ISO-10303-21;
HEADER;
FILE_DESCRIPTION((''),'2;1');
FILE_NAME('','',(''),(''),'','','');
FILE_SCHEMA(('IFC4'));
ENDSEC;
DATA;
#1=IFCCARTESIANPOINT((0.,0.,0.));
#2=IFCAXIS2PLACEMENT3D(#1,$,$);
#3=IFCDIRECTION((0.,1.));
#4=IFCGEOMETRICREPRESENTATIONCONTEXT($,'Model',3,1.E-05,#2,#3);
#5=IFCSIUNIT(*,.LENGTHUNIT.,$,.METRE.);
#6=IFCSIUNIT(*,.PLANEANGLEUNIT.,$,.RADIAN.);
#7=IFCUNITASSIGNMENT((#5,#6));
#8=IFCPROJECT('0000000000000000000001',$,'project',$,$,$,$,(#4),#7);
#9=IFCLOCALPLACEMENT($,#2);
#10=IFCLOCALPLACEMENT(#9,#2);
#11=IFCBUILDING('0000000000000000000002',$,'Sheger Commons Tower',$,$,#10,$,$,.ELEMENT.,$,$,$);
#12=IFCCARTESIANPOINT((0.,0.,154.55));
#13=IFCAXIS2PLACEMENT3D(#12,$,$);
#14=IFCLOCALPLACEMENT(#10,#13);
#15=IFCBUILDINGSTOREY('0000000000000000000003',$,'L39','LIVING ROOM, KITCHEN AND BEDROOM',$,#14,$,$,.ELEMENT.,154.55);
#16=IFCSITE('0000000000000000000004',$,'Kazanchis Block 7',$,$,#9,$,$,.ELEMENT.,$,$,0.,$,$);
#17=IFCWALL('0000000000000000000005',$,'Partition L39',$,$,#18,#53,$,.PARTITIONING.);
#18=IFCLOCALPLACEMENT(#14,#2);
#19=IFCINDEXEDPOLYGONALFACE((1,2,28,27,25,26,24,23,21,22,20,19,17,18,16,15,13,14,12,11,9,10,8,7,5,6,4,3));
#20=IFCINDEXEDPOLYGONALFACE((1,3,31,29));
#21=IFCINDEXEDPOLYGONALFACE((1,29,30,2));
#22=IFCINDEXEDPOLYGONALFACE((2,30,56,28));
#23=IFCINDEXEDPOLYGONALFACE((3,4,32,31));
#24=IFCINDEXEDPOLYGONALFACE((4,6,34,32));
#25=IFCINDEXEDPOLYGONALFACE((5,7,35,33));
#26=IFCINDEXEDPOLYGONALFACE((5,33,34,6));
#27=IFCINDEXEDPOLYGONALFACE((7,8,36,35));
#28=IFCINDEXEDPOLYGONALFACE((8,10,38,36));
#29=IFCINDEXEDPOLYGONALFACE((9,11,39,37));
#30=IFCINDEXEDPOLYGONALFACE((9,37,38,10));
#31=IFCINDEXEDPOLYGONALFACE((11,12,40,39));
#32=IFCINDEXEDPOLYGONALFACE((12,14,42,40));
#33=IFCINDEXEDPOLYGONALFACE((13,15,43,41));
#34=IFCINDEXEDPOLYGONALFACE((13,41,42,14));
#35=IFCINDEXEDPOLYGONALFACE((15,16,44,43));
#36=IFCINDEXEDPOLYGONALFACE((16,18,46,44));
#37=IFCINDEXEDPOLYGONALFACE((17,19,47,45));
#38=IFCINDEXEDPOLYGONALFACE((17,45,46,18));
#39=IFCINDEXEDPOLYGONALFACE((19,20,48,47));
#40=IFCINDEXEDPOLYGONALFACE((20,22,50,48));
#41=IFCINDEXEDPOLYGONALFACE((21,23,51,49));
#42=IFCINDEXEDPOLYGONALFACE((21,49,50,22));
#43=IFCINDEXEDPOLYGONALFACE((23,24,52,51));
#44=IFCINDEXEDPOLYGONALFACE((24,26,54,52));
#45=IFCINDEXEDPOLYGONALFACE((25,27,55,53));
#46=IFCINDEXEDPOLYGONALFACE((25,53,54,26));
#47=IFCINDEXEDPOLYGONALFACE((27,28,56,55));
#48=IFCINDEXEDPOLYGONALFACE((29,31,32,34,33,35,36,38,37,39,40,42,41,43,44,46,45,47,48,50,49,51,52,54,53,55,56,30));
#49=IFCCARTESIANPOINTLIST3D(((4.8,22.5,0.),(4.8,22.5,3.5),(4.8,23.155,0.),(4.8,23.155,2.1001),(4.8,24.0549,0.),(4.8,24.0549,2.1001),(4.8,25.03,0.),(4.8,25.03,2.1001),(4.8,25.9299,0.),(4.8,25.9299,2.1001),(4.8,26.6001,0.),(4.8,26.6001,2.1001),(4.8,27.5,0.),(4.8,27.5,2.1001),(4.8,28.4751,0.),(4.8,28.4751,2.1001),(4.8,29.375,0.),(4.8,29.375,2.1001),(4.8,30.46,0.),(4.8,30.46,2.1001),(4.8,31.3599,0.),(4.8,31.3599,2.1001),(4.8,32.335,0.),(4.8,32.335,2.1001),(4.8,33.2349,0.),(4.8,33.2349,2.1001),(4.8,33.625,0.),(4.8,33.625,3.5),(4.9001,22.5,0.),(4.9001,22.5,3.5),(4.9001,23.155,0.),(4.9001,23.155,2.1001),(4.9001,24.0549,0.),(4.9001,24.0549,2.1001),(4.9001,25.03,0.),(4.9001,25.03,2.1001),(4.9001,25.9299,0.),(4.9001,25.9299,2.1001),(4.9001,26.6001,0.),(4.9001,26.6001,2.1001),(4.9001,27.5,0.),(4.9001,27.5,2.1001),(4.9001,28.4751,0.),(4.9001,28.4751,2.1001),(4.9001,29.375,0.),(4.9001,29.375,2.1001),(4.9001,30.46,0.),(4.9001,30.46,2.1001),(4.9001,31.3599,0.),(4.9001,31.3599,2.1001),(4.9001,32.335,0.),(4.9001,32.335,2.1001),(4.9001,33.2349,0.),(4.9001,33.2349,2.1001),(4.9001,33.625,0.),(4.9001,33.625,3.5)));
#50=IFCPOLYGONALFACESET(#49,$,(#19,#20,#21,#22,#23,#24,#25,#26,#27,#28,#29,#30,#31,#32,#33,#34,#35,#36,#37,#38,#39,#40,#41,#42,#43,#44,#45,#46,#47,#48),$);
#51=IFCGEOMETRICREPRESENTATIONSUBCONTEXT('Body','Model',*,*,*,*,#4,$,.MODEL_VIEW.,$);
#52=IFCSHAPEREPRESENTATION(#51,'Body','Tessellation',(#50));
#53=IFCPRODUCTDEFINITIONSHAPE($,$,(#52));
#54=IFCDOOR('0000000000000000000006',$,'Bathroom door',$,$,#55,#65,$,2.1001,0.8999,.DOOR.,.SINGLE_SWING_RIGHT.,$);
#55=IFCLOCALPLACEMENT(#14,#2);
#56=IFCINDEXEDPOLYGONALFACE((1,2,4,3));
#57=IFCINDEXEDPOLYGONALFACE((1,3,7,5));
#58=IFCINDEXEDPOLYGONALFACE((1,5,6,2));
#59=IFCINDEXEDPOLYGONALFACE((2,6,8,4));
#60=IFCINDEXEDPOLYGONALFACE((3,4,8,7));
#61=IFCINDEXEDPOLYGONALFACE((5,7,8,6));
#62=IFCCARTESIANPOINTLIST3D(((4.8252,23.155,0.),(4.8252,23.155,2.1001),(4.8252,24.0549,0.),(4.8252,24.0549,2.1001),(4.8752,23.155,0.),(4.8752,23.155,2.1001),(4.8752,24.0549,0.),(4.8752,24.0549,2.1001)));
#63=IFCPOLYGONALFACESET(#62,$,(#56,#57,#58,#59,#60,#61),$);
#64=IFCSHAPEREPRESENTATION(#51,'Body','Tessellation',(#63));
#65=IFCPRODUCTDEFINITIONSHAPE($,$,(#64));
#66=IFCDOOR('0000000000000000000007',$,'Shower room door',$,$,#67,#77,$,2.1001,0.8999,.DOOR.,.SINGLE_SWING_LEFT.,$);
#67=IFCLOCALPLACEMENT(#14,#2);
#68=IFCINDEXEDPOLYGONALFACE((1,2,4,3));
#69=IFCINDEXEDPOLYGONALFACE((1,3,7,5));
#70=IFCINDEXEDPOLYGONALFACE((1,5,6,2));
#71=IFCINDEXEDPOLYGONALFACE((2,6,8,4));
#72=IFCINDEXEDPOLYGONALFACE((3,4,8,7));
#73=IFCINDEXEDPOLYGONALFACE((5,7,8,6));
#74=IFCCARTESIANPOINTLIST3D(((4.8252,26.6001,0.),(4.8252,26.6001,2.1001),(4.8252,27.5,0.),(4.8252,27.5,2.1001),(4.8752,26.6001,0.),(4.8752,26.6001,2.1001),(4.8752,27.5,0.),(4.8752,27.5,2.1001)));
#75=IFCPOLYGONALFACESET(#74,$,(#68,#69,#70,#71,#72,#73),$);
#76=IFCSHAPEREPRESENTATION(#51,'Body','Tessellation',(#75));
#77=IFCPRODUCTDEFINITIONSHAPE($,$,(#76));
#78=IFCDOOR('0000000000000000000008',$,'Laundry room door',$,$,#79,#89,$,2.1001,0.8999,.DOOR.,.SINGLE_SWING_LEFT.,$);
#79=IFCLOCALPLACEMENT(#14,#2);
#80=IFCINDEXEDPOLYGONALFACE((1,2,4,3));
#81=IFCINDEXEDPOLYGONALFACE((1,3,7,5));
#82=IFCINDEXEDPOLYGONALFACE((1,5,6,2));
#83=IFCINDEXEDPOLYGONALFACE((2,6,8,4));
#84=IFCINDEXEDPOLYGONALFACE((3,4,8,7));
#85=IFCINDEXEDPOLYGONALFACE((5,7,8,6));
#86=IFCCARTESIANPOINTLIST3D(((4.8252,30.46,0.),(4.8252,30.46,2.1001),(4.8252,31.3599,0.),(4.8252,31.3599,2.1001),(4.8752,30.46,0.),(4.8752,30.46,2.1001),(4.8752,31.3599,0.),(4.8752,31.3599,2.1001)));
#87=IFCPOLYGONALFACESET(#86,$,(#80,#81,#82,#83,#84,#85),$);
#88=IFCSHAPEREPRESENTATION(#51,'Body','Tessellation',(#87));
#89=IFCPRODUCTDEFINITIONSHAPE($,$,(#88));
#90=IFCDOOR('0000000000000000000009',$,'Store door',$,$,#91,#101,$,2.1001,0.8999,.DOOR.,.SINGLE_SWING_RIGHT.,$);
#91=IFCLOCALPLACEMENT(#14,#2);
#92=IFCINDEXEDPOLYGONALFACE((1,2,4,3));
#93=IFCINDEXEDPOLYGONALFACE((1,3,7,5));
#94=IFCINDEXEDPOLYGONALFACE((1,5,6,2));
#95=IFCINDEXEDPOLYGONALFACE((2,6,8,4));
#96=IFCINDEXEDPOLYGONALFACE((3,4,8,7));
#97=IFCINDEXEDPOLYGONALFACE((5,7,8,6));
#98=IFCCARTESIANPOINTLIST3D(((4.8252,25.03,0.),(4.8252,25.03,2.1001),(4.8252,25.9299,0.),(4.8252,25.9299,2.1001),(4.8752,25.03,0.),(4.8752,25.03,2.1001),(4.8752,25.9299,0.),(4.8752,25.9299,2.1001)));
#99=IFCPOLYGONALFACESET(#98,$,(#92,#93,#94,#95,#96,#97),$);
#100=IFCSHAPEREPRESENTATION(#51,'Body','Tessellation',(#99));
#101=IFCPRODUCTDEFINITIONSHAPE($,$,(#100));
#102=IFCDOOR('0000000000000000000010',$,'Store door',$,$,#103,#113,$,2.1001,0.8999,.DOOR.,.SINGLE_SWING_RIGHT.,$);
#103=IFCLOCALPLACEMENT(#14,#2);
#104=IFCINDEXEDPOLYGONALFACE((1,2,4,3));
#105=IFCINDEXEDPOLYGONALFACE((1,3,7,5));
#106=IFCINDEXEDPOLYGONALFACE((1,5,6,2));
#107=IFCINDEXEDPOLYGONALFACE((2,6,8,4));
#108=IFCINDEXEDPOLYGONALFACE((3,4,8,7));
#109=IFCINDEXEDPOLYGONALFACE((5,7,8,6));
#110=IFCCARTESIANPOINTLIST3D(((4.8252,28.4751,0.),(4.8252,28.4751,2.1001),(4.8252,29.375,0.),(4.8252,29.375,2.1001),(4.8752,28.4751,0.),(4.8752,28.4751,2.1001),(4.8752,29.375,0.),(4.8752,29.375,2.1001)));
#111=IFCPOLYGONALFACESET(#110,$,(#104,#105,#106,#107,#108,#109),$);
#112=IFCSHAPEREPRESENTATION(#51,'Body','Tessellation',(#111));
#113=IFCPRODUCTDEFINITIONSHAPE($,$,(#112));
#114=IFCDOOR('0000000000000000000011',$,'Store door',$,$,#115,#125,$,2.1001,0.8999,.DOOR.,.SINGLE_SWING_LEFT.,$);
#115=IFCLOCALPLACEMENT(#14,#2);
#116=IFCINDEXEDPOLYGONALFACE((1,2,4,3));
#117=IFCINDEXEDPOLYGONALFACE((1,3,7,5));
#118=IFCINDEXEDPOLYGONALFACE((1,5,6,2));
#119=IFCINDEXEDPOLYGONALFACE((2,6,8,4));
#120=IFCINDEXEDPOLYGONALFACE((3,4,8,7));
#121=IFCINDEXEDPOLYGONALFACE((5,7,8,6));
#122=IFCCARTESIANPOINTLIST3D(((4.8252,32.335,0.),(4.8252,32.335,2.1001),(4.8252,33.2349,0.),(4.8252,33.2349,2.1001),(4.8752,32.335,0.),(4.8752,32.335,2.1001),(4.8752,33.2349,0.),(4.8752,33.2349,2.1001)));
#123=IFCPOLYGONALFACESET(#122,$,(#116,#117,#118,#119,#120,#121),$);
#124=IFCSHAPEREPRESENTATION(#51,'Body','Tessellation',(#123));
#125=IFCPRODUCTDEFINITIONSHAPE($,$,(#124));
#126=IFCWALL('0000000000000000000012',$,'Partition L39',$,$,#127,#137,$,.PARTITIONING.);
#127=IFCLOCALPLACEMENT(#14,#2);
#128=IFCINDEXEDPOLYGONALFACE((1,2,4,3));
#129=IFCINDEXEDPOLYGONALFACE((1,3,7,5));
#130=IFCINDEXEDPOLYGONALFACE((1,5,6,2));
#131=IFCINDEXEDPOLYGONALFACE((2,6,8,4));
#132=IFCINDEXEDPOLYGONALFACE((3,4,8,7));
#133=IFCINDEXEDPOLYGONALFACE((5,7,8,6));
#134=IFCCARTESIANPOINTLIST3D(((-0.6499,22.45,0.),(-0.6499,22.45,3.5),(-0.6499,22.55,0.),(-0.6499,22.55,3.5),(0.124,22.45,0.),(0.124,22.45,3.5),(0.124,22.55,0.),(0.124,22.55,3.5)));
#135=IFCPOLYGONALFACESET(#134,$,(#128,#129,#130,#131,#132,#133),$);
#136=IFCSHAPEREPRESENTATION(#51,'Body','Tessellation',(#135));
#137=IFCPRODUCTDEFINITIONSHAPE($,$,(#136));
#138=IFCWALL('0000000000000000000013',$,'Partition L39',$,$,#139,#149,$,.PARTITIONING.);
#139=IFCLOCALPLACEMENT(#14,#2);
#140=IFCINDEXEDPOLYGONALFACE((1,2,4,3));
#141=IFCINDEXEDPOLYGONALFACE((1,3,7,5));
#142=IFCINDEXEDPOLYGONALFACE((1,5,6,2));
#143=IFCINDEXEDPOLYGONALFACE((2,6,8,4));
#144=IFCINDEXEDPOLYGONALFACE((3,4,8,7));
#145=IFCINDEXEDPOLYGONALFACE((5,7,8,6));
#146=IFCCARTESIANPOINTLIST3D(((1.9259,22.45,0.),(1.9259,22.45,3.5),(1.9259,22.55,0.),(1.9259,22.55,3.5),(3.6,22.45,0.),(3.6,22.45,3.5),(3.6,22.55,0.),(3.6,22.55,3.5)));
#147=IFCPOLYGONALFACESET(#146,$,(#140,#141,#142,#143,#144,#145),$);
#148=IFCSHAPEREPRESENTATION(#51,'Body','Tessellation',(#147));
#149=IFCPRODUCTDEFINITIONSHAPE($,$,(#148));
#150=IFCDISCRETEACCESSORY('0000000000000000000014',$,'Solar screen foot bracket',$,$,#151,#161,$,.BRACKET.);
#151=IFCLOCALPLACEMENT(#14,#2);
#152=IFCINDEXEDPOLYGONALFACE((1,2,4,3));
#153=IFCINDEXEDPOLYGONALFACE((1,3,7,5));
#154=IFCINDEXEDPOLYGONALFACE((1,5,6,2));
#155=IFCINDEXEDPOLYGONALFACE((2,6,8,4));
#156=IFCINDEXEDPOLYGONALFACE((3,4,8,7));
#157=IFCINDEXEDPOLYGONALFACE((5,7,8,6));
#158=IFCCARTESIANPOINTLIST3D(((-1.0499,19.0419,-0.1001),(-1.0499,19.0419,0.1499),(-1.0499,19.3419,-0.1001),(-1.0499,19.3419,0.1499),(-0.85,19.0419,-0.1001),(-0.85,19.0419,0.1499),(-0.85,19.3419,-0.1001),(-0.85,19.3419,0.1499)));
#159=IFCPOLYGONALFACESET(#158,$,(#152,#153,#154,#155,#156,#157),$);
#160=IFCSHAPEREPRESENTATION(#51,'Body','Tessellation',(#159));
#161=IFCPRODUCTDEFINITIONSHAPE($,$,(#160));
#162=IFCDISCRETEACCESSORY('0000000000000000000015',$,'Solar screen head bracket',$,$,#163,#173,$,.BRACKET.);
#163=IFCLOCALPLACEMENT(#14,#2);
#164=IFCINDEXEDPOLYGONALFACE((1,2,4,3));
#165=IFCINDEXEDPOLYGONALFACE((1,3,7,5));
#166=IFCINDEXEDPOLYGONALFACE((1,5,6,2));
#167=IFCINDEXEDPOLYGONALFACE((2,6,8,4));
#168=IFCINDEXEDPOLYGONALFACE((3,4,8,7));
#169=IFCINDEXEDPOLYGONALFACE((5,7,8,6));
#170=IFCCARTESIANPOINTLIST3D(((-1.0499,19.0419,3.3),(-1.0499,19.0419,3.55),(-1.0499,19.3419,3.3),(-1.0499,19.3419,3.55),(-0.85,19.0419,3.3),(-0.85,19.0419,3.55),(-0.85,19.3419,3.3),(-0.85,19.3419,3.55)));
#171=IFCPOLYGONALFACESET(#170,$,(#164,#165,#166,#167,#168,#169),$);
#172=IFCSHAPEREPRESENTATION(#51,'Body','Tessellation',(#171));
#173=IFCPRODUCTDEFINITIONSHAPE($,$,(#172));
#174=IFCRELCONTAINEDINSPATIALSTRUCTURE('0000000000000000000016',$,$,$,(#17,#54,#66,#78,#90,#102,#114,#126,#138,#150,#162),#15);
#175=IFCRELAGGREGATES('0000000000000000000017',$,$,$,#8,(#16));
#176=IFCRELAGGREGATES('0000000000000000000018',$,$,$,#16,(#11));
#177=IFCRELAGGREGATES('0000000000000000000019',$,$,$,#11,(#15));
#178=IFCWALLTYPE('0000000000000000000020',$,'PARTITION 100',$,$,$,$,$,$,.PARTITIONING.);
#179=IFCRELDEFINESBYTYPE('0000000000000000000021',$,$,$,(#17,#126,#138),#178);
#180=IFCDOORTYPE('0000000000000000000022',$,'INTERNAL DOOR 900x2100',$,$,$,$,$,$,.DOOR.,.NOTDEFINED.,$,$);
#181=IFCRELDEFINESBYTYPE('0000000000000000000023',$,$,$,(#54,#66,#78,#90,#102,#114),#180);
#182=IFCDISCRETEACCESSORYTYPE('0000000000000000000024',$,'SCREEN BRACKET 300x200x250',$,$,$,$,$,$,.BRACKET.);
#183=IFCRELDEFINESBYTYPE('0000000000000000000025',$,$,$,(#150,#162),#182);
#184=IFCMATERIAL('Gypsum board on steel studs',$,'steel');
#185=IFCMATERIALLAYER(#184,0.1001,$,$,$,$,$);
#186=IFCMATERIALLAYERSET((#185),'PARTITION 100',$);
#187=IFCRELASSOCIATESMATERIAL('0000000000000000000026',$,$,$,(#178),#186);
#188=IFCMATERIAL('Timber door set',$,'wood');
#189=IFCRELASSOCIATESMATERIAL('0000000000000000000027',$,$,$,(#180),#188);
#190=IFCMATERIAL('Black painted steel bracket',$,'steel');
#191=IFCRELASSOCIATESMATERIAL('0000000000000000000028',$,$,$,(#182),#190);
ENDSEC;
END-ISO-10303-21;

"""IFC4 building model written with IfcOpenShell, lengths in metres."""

from ifc_helpers import new_model, si_unit, direction, frame, frame_2d, origin, origin_2d, place, context, subcontext, project, spatial, rectangle, extrude, material, layer, layer_set, type_object, element, fill, save


model = new_model("IFC4")

# Units and contexts
model_context = context("Model", 3, precision=1e-05, world=origin(), true_north=direction((0.0, 1.0)))
body_context = subcontext(model_context, "Body", "Model", "MODEL_VIEW")
ifc_project = project(units=[si_unit("LENGTHUNIT", "METRE"), si_unit("PLANEANGLEUNIT", "RADIAN")], contexts=[model_context])

# Site, building, storey
site_placement = place(None, origin())
site = spatial("IfcSite", under=ifc_project, at=site_placement, Name="Kazanchis Block 7", CompositionType="ELEMENT", RefElevation=0.0)
building_placement = place(site_placement, origin())
building = spatial("IfcBuilding", under=site, at=building_placement, Name="Sheger Commons Tower", CompositionType="ELEMENT")
storey_placement = place(building_placement, frame((0.0, 0.0, 154.55)))
storey = spatial("IfcBuildingStorey", under=building, at=storey_placement, Name="L39", Description="LIVING ROOM, KITCHEN AND BEDROOM", CompositionType="ELEMENT", Elevation=154.55)

# Shared definitions
ifc_material_1 = material(Name="Gypsum board on steel studs", Category="steel")
ifc_layer_1 = layer(ifc_material_1, 0.1001)
ifc_layer_set_1 = layer_set([ifc_layer_1], Name="PARTITION 100")
wall_type_1 = type_object("IfcWallType", Name="PARTITION 100", PredefinedType="PARTITIONING", material=ifc_layer_set_1)

# Wall, openings, doors
ifc_material_2 = material(Name="Timber door set", Category="wood")
door_type = type_object("IfcDoorType", Name="INTERNAL DOOR 900x2100", OperationType="NOTDEFINED", PredefinedType="DOOR", material=ifc_material_2)
wall_1_placement = place(storey_placement, frame((4.8501, 22.5, 0.0), z_axis=(0.0, 0.0, 1.0), x_axis=(0.0, 1.0, 0.0)))
wall_1 = element("IfcWall", 1, at=wall_1_placement, inside=storey, type_object=wall_type_1, Name="Partition L39", PredefinedType="PARTITIONING", context=body_context, shape_type="SweptSolid", body=[
    extrude(rectangle(XDim=11.125, YDim=0.1001, at=frame_2d((5.5625, 0.0))), origin(), (0.0, 0.0, 1.0), 3.5),
])
opening_1_placement = place(wall_1_placement, frame((0.655, 0.0, 0.0)))
opening_1 = element("IfcOpeningElement", 2, at=opening_1_placement, cuts=wall_1, PredefinedType="OPENING", context=body_context, shape_type="SweptSolid", body=[
    extrude(rectangle(XDim=0.8999, YDim=2.1001, at=frame_2d((0.45, 1.05))), frame((0.0, 0.0601, 0.0), z_axis=(0.0, -1.0, 0.0), x_axis=(1.0, 0.0, 0.0)), (0.0, 0.0, 1.0), 0.1201),
])
opening_2_placement = place(wall_1_placement, frame((4.1001, 0.0, 0.0)))
opening_2 = element("IfcOpeningElement", 3, at=opening_2_placement, cuts=wall_1, PredefinedType="OPENING", context=body_context, shape_type="SweptSolid", body=[
    extrude(rectangle(XDim=0.8999, YDim=2.1001, at=frame_2d((0.45, 1.05))), frame((0.0, 0.0601, 0.0), z_axis=(0.0, -1.0, 0.0), x_axis=(1.0, 0.0, 0.0)), (0.0, 0.0, 1.0), 0.1201),
])
opening_3_placement = place(wall_1_placement, frame((7.96, 0.0, 0.0)))
opening_3 = element("IfcOpeningElement", 4, at=opening_3_placement, cuts=wall_1, PredefinedType="OPENING", context=body_context, shape_type="SweptSolid", body=[
    extrude(rectangle(XDim=0.8999, YDim=2.1001, at=frame_2d((0.45, 1.05))), frame((0.0, 0.0601, 0.0), z_axis=(0.0, -1.0, 0.0), x_axis=(1.0, 0.0, 0.0)), (0.0, 0.0, 1.0), 0.1201),
])
opening_4_placement = place(wall_1_placement, frame((2.53, 0.0, 0.0)))
opening_4 = element("IfcOpeningElement", 5, at=opening_4_placement, cuts=wall_1, PredefinedType="OPENING", context=body_context, shape_type="SweptSolid", body=[
    extrude(rectangle(XDim=0.8999, YDim=2.1001, at=frame_2d((0.45, 1.05))), frame((0.0, 0.0601, 0.0), z_axis=(0.0, -1.0, 0.0), x_axis=(1.0, 0.0, 0.0)), (0.0, 0.0, 1.0), 0.1201),
])
opening_5_placement = place(wall_1_placement, frame((5.9751, 0.0, 0.0)))
opening_5 = element("IfcOpeningElement", 6, at=opening_5_placement, cuts=wall_1, PredefinedType="OPENING", context=body_context, shape_type="SweptSolid", body=[
    extrude(rectangle(XDim=0.8999, YDim=2.1001, at=frame_2d((0.45, 1.05))), frame((0.0, 0.0601, 0.0), z_axis=(0.0, -1.0, 0.0), x_axis=(1.0, 0.0, 0.0)), (0.0, 0.0, 1.0), 0.1201),
])
opening_6_placement = place(wall_1_placement, frame((9.835, 0.0, 0.0)))
opening_6 = element("IfcOpeningElement", 7, at=opening_6_placement, cuts=wall_1, PredefinedType="OPENING", context=body_context, shape_type="SweptSolid", body=[
    extrude(rectangle(XDim=0.8999, YDim=2.1001, at=frame_2d((0.45, 1.05))), frame((0.0, 0.0601, 0.0), z_axis=(0.0, -1.0, 0.0), x_axis=(1.0, 0.0, 0.0)), (0.0, 0.0, 1.0), 0.1201),
])
door_1_placement = place(opening_1_placement, origin())
door_1 = element("IfcDoor", 8, at=door_1_placement, inside=storey, type_object=door_type, Name="Bathroom door", OperationType="SINGLE_SWING_RIGHT", OverallHeight=2.1001, OverallWidth=0.8999, PredefinedType="DOOR", context=body_context, shape_type="SweptSolid", body=[
    extrude(rectangle(XDim=0.8999, YDim=2.1001, at=frame_2d((0.45, 1.05))), frame((0.0, 0.0249, 0.0), z_axis=(0.0, -1.0, 0.0), x_axis=(1.0, 0.0, 0.0)), (0.0, 0.0, 1.0), 0.05),
])
fill(opening_1, door_1)
door_2_placement = place(opening_2_placement, origin())
door_2 = element("IfcDoor", 9, at=door_2_placement, inside=storey, type_object=door_type, Name="Shower room door", OperationType="SINGLE_SWING_LEFT", OverallHeight=2.1001, OverallWidth=0.8999, PredefinedType="DOOR", context=body_context, shape_type="SweptSolid", body=[
    extrude(rectangle(XDim=0.8999, YDim=2.1001, at=frame_2d((0.45, 1.05))), frame((0.0, 0.0249, 0.0), z_axis=(0.0, -1.0, 0.0), x_axis=(1.0, 0.0, 0.0)), (0.0, 0.0, 1.0), 0.05),
])
fill(opening_2, door_2)
door_3_placement = place(opening_3_placement, origin())
door_3 = element("IfcDoor", 10, at=door_3_placement, inside=storey, type_object=door_type, Name="Laundry room door", OperationType="SINGLE_SWING_LEFT", OverallHeight=2.1001, OverallWidth=0.8999, PredefinedType="DOOR", context=body_context, shape_type="SweptSolid", body=[
    extrude(rectangle(XDim=0.8999, YDim=2.1001, at=frame_2d((0.45, 1.05))), frame((0.0, 0.0249, 0.0), z_axis=(0.0, -1.0, 0.0), x_axis=(1.0, 0.0, 0.0)), (0.0, 0.0, 1.0), 0.05),
])
fill(opening_3, door_3)
door_4_placement = place(opening_4_placement, origin())
door_4 = element("IfcDoor", 11, at=door_4_placement, inside=storey, type_object=door_type, Name="Store door", OperationType="SINGLE_SWING_RIGHT", OverallHeight=2.1001, OverallWidth=0.8999, PredefinedType="DOOR", context=body_context, shape_type="SweptSolid", body=[
    extrude(rectangle(XDim=0.8999, YDim=2.1001, at=frame_2d((0.45, 1.05))), frame((0.0, 0.0249, 0.0), z_axis=(0.0, -1.0, 0.0), x_axis=(1.0, 0.0, 0.0)), (0.0, 0.0, 1.0), 0.05),
])
fill(opening_4, door_4)
door_5_placement = place(opening_5_placement, origin())
door_5 = element("IfcDoor", 12, at=door_5_placement, inside=storey, type_object=door_type, Name="Store door", OperationType="SINGLE_SWING_RIGHT", OverallHeight=2.1001, OverallWidth=0.8999, PredefinedType="DOOR", context=body_context, shape_type="SweptSolid", body=[
    extrude(rectangle(XDim=0.8999, YDim=2.1001, at=frame_2d((0.45, 1.05))), frame((0.0, 0.0249, 0.0), z_axis=(0.0, -1.0, 0.0), x_axis=(1.0, 0.0, 0.0)), (0.0, 0.0, 1.0), 0.05),
])
fill(opening_5, door_5)
door_6_placement = place(opening_6_placement, origin())
door_6 = element("IfcDoor", 13, at=door_6_placement, inside=storey, type_object=door_type, Name="Store door", OperationType="SINGLE_SWING_LEFT", OverallHeight=2.1001, OverallWidth=0.8999, PredefinedType="DOOR", context=body_context, shape_type="SweptSolid", body=[
    extrude(rectangle(XDim=0.8999, YDim=2.1001, at=frame_2d((0.45, 1.05))), frame((0.0, 0.0249, 0.0), z_axis=(0.0, -1.0, 0.0), x_axis=(1.0, 0.0, 0.0)), (0.0, 0.0, 1.0), 0.05),
])
fill(opening_6, door_6)

# Walls
wall_2_placement = place(storey_placement, frame((-0.6499, 22.5, 0.0), z_axis=(0.0, 0.0, 1.0), x_axis=(1.0, 0.0, 0.0)))
element("IfcWall", 14, at=wall_2_placement, inside=storey, type_object=wall_type_1, Name="Partition L39", PredefinedType="PARTITIONING", context=body_context, shape_type="SweptSolid", body=[
    extrude(rectangle(XDim=0.7739, YDim=0.1001, at=frame_2d((0.387, 0.0))), origin(), (0.0, 0.0, 1.0), 3.5),
])
wall_3_placement = place(storey_placement, frame((1.926, 22.5, 0.0), z_axis=(0.0, 0.0, 1.0), x_axis=(1.0, 0.0, 0.0)))
element("IfcWall", 15, at=wall_3_placement, inside=storey, type_object=wall_type_1, Name="Partition L39", PredefinedType="PARTITIONING", context=body_context, shape_type="SweptSolid", body=[
    extrude(rectangle(XDim=1.6741, YDim=0.1001, at=frame_2d((0.8369, 0.0))), origin(), (0.0, 0.0, 1.0), 3.5),
])

# Discrete accessories
ifc_material_3 = material(Name="Black painted steel bracket", Category="steel")
discrete_accessory_type = type_object("IfcDiscreteAccessoryType", Name="SCREEN BRACKET 300x200x250", PredefinedType="BRACKET", material=ifc_material_3)
for number, where, z_axis, x_axis, name in (
    (16, (-0.95, 19.1919, -0.1001), (0.0, 0.0, 1.0), (0.0, -1.0, 0.0), "Solar screen foot bracket"),
    (17, (-0.95, 19.1919, 3.3), (0.0, 0.0, 1.0), (0.0, -1.0, 0.0), "Solar screen head bracket"),
):
    element("IfcDiscreteAccessory", number, at=place(storey_placement, frame(where, z_axis=z_axis, x_axis=x_axis)), inside=storey, type_object=discrete_accessory_type, Name=name, PredefinedType="BRACKET", context=body_context, shape_type="SweptSolid", body=[
        extrude(rectangle(XDim=0.3, YDim=0.2, at=origin_2d()), origin(), (0.0, 0.0, 1.0), 0.25),
    ])

save(model, "model.ifc")
